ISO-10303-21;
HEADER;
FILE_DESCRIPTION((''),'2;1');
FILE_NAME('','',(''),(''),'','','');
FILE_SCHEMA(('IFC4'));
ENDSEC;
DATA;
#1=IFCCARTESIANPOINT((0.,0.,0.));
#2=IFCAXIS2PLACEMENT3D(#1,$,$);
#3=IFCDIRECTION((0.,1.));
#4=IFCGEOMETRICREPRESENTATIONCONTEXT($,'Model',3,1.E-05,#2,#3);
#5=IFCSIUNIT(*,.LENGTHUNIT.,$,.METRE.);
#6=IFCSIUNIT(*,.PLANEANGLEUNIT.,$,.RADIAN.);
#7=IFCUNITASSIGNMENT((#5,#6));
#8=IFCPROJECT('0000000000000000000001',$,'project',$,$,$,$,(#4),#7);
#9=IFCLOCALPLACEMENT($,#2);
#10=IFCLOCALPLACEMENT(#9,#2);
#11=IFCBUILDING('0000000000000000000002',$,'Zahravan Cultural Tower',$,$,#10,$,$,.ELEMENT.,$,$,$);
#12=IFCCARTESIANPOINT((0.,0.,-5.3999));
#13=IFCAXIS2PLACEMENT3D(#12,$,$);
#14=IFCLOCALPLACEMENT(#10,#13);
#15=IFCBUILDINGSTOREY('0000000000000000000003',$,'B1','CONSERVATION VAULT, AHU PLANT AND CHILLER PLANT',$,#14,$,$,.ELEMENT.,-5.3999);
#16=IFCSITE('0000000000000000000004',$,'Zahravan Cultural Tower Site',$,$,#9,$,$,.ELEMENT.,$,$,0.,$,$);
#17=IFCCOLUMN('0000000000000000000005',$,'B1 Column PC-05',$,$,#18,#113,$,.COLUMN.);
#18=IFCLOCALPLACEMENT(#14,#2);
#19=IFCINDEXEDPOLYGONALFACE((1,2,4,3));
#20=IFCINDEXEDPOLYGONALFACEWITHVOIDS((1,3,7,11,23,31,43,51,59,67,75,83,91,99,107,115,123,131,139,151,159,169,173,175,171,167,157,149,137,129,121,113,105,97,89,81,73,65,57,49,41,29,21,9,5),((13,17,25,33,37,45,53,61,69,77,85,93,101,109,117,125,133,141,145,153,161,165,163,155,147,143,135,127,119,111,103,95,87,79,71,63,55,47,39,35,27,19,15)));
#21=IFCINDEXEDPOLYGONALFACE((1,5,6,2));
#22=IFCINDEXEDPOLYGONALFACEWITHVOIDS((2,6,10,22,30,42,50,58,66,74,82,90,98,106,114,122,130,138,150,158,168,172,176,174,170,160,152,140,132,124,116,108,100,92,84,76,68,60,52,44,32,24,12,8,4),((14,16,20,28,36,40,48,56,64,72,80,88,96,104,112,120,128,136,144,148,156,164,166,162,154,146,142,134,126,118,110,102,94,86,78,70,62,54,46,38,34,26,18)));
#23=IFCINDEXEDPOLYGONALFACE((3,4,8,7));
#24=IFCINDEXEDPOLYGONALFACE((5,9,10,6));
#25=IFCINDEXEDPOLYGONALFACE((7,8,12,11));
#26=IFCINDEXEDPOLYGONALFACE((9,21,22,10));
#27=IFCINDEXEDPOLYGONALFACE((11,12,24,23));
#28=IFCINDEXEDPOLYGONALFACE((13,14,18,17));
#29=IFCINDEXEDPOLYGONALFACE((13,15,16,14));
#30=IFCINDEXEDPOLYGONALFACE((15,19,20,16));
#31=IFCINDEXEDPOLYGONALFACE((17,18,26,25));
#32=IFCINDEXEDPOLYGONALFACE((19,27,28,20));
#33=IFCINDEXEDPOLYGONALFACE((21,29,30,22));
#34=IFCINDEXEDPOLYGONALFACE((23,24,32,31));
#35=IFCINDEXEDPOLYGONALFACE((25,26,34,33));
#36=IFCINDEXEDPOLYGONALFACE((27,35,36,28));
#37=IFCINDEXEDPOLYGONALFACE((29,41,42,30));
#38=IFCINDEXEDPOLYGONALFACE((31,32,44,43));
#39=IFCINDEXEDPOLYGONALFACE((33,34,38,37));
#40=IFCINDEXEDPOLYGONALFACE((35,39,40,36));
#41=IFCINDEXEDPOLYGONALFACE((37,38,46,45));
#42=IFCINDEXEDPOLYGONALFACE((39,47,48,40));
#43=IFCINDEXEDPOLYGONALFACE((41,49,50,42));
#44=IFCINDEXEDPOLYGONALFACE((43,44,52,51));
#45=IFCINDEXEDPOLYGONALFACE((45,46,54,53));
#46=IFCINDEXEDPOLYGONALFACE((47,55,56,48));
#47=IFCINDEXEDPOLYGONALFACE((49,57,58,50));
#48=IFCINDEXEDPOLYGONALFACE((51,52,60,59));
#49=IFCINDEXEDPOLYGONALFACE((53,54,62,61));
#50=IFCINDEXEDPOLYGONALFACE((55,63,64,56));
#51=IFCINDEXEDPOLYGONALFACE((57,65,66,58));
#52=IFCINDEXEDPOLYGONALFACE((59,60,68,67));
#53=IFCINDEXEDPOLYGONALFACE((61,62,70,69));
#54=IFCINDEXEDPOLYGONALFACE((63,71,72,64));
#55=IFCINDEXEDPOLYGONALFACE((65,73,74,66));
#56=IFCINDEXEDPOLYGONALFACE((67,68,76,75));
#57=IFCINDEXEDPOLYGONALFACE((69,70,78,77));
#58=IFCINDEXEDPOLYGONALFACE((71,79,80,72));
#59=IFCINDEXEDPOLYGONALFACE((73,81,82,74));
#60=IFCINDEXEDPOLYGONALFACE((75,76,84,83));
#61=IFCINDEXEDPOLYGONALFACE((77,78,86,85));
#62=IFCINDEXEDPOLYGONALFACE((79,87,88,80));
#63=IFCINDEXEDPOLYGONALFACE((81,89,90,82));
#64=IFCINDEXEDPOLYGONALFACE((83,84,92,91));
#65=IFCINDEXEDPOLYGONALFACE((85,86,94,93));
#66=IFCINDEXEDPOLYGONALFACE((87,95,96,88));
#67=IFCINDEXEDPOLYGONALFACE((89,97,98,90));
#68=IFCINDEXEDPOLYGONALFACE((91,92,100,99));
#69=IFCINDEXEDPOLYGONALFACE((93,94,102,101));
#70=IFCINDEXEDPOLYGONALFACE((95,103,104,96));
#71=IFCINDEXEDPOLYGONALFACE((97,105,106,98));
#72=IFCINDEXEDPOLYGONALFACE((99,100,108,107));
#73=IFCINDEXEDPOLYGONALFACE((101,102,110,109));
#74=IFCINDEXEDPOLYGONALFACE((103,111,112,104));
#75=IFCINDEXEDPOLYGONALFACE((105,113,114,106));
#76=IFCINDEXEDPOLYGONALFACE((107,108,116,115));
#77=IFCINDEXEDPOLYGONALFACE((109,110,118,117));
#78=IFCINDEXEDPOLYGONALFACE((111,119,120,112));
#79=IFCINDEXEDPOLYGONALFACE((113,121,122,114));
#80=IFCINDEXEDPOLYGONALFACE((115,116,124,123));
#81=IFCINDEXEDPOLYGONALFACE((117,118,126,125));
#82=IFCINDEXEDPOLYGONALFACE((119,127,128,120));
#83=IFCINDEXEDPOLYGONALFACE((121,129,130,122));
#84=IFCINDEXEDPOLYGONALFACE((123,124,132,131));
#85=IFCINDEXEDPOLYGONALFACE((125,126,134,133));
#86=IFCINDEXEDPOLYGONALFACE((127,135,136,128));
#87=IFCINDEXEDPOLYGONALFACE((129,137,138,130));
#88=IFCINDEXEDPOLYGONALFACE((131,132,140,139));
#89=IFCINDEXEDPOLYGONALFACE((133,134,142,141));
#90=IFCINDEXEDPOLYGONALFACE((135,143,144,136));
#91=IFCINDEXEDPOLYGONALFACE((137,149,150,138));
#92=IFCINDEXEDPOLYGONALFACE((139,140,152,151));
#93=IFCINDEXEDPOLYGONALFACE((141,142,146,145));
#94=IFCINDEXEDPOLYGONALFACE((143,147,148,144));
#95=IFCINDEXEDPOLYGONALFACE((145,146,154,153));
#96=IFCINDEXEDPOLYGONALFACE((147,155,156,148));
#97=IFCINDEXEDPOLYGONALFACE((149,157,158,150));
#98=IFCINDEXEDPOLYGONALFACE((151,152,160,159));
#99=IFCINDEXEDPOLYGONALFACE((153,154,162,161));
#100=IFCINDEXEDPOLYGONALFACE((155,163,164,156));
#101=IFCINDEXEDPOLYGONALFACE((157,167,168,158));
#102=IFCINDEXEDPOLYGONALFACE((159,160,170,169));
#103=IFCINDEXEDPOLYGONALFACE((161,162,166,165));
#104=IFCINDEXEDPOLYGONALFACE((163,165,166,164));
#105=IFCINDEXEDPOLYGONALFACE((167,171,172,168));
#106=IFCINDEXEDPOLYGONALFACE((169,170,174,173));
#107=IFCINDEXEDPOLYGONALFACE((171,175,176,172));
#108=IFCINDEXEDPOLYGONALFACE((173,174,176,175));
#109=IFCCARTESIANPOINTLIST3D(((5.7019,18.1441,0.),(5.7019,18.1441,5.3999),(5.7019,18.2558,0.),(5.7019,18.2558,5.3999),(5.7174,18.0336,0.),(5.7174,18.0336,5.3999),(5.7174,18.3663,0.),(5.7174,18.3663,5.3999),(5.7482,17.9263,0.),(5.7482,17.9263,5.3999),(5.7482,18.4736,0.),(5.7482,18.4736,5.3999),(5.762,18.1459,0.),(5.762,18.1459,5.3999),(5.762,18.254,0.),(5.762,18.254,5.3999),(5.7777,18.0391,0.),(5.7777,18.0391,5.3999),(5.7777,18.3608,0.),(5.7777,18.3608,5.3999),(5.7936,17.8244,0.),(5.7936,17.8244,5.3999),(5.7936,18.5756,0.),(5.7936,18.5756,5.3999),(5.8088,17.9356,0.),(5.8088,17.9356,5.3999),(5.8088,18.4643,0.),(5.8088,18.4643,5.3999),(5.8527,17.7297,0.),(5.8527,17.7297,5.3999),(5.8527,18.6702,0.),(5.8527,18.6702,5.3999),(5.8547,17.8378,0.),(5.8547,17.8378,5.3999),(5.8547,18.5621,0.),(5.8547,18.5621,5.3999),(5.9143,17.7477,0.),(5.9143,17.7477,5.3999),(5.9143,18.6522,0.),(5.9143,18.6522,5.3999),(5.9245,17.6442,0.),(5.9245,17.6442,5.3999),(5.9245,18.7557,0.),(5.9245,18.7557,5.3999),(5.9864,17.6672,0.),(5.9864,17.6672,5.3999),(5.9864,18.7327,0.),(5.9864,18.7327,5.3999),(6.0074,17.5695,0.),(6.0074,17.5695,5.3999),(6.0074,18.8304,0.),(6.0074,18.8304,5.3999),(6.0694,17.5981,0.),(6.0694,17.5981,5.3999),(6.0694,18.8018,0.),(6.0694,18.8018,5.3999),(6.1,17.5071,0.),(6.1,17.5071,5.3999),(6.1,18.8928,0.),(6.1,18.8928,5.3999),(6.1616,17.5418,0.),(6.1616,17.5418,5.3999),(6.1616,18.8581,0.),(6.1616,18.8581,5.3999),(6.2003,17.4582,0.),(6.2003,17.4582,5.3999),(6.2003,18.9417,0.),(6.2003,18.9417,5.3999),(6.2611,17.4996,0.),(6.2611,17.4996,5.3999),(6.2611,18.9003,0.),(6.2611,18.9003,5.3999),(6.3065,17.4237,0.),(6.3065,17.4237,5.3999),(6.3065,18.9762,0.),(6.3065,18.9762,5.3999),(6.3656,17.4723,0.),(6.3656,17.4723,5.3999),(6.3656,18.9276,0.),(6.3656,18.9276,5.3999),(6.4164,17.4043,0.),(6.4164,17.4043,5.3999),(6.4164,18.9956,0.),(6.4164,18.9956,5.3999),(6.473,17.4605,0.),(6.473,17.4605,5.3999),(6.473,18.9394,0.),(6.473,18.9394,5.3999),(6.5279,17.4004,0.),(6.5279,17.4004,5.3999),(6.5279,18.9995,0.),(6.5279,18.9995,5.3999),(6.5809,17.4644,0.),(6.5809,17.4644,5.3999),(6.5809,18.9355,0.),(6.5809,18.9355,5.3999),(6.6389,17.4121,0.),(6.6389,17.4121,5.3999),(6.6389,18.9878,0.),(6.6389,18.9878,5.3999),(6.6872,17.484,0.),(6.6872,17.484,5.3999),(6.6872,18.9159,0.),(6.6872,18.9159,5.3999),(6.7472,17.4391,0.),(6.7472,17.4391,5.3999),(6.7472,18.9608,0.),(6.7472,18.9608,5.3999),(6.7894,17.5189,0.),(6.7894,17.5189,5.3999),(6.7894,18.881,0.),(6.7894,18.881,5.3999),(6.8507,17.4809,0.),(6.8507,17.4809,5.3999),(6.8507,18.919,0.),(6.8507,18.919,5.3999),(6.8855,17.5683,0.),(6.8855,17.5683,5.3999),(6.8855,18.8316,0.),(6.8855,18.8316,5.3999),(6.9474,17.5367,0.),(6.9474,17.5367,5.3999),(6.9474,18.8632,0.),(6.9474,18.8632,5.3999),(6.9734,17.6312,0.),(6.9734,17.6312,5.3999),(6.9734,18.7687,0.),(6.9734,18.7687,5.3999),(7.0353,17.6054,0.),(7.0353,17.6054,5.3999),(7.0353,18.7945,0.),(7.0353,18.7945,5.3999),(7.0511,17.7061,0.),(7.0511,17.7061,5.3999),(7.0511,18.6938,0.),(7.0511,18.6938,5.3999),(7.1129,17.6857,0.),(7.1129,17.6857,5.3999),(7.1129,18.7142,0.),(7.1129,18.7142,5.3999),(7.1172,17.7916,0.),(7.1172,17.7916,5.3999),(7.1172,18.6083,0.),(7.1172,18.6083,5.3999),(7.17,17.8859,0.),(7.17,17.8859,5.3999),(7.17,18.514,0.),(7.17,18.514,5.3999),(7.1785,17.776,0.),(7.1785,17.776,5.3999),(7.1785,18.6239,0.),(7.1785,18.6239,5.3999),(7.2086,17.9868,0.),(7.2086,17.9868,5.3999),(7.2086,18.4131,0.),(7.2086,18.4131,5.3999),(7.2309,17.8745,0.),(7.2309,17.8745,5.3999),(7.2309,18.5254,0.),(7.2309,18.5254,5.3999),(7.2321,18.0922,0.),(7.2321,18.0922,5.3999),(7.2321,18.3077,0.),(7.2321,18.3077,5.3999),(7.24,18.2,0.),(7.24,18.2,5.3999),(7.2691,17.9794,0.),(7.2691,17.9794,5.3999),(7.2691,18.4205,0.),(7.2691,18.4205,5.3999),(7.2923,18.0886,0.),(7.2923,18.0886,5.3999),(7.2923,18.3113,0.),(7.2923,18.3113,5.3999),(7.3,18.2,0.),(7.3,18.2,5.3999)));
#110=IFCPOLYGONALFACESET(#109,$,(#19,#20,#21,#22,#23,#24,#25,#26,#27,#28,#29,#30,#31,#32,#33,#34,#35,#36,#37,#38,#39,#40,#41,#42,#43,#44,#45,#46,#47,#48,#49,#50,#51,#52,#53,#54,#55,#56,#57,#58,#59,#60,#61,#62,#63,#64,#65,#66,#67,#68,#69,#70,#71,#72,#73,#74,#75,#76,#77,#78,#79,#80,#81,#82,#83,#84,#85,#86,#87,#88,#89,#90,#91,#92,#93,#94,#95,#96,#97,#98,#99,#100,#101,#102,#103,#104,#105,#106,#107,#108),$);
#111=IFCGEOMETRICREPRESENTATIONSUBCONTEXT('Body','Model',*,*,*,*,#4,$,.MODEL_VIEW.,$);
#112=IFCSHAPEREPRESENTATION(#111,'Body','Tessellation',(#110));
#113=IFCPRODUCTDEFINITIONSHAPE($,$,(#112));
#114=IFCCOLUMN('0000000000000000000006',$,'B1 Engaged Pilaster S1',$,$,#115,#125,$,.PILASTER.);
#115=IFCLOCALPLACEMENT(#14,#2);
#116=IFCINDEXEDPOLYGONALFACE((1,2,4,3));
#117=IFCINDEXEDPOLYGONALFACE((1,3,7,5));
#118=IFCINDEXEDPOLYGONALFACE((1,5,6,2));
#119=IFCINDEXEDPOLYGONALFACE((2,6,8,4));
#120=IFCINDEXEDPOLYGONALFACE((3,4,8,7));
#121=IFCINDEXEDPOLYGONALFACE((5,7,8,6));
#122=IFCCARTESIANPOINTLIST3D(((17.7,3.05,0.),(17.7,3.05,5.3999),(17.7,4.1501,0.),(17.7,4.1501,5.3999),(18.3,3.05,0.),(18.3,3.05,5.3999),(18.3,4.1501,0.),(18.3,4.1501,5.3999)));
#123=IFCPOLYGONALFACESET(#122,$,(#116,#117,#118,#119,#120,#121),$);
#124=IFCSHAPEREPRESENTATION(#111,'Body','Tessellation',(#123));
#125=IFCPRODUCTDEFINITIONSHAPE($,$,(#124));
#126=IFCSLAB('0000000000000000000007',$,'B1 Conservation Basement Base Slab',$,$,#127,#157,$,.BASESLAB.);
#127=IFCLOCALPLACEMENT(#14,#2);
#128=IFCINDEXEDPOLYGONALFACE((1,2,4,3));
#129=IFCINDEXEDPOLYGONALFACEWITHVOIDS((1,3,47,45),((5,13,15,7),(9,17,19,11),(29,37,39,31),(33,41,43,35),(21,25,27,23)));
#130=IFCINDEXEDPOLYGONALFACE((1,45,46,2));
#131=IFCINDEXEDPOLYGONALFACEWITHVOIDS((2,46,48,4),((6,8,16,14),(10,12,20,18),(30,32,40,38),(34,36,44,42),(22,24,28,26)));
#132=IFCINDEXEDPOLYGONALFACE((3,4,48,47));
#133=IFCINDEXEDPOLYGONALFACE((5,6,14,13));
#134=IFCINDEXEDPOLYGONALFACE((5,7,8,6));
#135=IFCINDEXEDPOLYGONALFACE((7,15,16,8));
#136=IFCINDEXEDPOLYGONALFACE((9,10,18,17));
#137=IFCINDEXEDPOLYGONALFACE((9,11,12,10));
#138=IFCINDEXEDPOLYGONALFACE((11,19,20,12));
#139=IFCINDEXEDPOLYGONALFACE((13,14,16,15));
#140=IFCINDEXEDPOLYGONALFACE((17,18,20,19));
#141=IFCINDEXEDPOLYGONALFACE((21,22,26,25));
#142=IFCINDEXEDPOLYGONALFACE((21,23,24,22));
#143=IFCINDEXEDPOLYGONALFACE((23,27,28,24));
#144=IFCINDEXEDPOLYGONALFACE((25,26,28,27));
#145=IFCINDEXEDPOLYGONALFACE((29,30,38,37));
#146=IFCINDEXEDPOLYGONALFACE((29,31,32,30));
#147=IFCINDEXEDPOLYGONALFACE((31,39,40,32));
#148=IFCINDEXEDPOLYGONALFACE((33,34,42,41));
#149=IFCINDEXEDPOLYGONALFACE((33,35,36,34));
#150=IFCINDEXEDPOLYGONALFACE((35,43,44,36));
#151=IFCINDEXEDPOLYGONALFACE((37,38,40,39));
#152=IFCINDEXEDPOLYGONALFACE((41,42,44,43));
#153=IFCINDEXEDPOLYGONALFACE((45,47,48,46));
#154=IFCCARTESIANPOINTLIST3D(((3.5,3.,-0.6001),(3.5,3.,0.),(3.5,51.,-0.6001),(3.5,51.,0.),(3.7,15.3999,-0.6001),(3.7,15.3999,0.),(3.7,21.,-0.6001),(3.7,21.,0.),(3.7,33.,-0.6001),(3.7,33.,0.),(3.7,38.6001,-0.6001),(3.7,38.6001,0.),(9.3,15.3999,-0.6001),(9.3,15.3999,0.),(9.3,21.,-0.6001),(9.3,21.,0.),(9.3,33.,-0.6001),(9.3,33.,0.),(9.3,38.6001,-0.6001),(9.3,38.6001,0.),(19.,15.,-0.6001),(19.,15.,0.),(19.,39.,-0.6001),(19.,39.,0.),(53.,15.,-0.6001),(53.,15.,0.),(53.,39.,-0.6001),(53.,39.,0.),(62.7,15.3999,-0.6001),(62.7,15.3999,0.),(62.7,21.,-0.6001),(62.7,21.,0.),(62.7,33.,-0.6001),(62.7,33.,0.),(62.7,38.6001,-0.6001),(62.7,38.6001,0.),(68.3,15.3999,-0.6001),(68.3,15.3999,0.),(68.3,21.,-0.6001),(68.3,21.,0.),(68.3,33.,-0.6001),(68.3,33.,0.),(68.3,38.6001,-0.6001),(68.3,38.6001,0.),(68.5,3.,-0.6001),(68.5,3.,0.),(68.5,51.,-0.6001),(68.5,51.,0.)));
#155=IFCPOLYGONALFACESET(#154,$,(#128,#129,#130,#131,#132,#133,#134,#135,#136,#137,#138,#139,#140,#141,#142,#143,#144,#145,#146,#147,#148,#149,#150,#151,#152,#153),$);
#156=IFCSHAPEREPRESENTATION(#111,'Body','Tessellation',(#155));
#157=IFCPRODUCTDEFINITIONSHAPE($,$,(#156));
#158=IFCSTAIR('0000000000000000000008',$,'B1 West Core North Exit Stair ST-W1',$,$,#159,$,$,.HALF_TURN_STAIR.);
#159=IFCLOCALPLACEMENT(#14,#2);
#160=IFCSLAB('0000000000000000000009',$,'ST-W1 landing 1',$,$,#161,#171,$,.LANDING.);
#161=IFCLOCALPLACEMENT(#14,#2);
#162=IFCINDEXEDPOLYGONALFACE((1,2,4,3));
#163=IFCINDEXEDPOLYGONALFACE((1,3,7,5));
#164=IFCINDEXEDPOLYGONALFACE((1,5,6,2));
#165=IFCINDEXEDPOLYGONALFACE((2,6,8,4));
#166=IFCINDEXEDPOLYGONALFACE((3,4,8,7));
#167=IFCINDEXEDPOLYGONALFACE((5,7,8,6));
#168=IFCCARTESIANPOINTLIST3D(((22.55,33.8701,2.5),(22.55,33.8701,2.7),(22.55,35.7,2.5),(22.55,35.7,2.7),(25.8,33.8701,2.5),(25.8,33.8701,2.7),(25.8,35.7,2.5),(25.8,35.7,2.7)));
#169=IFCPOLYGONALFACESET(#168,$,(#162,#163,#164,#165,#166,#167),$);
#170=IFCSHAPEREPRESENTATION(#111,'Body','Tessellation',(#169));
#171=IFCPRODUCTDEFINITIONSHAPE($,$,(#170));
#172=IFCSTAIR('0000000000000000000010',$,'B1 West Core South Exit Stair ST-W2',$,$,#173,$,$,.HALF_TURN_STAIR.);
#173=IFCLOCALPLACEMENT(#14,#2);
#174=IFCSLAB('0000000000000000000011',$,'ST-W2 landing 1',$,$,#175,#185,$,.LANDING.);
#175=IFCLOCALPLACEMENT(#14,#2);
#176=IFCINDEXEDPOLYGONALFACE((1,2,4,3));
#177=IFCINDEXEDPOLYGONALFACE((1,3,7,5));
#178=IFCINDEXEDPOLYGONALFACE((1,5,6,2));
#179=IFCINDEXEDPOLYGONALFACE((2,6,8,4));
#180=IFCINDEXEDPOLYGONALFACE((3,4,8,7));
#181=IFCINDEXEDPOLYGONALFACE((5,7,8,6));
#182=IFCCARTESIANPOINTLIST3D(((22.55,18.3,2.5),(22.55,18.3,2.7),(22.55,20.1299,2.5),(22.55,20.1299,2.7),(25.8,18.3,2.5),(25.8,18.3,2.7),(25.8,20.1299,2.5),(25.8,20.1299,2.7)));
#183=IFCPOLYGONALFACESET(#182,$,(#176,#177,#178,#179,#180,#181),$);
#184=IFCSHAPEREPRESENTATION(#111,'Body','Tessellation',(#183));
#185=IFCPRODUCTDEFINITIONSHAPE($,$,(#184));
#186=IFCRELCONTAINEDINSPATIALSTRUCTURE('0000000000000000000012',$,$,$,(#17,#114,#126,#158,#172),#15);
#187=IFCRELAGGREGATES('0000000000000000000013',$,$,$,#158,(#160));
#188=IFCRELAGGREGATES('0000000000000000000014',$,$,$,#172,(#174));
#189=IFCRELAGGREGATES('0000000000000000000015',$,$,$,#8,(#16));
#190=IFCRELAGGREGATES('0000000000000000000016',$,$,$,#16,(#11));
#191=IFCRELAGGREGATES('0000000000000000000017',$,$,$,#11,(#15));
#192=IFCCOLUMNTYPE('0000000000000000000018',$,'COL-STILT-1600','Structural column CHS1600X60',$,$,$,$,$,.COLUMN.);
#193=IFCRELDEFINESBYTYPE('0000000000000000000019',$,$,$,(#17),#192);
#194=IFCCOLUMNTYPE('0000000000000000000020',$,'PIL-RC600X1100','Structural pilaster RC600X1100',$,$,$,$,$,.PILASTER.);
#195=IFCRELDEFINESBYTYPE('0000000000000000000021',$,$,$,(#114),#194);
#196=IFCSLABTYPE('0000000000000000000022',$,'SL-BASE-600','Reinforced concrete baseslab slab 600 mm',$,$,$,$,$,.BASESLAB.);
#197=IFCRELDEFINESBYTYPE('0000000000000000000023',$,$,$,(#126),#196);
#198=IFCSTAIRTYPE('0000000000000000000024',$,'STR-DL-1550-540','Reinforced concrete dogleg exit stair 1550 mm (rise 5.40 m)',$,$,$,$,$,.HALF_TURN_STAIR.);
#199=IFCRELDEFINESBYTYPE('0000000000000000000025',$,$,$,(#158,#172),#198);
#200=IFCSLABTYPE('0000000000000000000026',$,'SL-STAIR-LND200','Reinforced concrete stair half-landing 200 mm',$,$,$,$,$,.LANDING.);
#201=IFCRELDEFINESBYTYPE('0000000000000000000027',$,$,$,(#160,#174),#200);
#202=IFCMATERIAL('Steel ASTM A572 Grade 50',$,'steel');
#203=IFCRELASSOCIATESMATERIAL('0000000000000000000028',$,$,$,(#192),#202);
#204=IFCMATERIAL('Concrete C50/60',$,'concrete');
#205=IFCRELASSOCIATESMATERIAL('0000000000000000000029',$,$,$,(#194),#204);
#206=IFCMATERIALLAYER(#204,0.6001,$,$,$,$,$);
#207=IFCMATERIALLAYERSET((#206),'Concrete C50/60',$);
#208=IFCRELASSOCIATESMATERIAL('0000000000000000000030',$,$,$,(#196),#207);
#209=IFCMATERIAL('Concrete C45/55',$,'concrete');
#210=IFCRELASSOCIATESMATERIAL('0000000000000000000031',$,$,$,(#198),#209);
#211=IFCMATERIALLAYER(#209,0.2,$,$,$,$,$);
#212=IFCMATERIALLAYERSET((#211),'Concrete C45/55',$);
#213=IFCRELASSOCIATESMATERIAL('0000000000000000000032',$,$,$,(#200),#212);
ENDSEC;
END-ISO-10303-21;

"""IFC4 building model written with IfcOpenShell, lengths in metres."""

from ifc_helpers import new_model, si_unit, direction, frame, origin, origin_2d, place, context, subcontext, project, spatial, polyline, rectangle, hollow_circle, outline, extrude, source, transform, mapped, material, layer, layer_set, material_profile, profile_set, type_object, element, aggregate, save


model = new_model("IFC4")

# Units and contexts
model_context = context("Model", 3, precision=1e-05, world=origin(), true_north=direction((0.0, 1.0)))
body_context = subcontext(model_context, "Body", "Model", "MODEL_VIEW")
ifc_project = project(units=[si_unit("LENGTHUNIT", "METRE"), si_unit("PLANEANGLEUNIT", "RADIAN")], contexts=[model_context])

# Site, building, storey
site_placement = place(None, origin())
site = spatial("IfcSite", under=ifc_project, at=site_placement, Name="Zahravan Cultural Tower Site", CompositionType="ELEMENT", RefElevation=0.0)
building_placement = place(site_placement, origin())
building = spatial("IfcBuilding", under=site, at=building_placement, Name="Zahravan Cultural Tower", CompositionType="ELEMENT")
storey_placement = place(building_placement, frame((0.0, 0.0, -5.3999)))
storey = spatial("IfcBuildingStorey", under=building, at=storey_placement, Name="B1", Description="CONSERVATION VAULT, AHU PLANT AND CHILLER PLANT", CompositionType="ELEMENT", Elevation=-5.3999)

# Shared definitions
ifc_material_1 = material(Name="Concrete C45/55", Category="concrete")

# Shared definitions
ifc_material_2 = material(Name="Concrete C50/60", Category="concrete")

# Columns
ifc_material_3 = material(Name="Steel ASTM A572 Grade 50", Category="steel")
ifc_material_profile_1 = material_profile(ifc_material_3, hollow_circle(Radius=0.8, WallThickness=0.0601, at=origin_2d()), Name="CHS1600X60")
ifc_profile_set_1 = profile_set([ifc_material_profile_1], Name="Steel ASTM A572 Grade 50")
column_type_1 = type_object("IfcColumnType", Name="COL-STILT-1600", Description="Structural column CHS1600X60", PredefinedType="COLUMN", material=ifc_profile_set_1)
shared_shape_1 = source(origin(), body_context, "Body", "SweptSolid", [
    extrude(hollow_circle(Radius=0.8, WallThickness=0.0601, at=origin_2d()), origin(), (0.0, 0.0, 1.0), 5.3999),
])
for number, where, z_axis, x_axis, name in (
    (1, (6.5, 18.2, 0.0), (0.0, 0.0, 1.0), (1.0, 0.0, 0.0), "B1 Column PC-05"),
):
    element("IfcColumn", number, at=place(storey_placement, frame(where, z_axis=z_axis, x_axis=x_axis)), inside=storey, type_object=column_type_1, Name=name, PredefinedType="COLUMN", context=body_context, shape_type="MappedRepresentation", body=[
        mapped(shared_shape_1, transform((0.0, 0.0, 0.0), x_axis=(1.0, 0.0, 0.0), y_axis=(0.0, 1.0, 0.0), z_axis=(0.0, 0.0, 1.0), scale=1.0)),
    ])
ifc_material_profile_2 = material_profile(ifc_material_2, rectangle(XDim=0.6001, YDim=1.1001, at=origin_2d()), Name="RC600X1100")
ifc_profile_set_2 = profile_set([ifc_material_profile_2], Name="Concrete C50/60")
column_type_2 = type_object("IfcColumnType", Name="PIL-RC600X1100", Description="Structural pilaster RC600X1100", PredefinedType="PILASTER", material=ifc_profile_set_2)
shared_shape_2 = source(origin(), body_context, "Body", "SweptSolid", [
    extrude(rectangle(XDim=0.6001, YDim=1.1001, at=origin_2d()), origin(), (0.0, 0.0, 1.0), 5.3999),
])
column_placement = place(storey_placement, frame((18.0, 3.6001, 0.0), z_axis=(0.0, 0.0, 1.0), x_axis=(1.0, 0.0, 0.0)))
element("IfcColumn", 2, at=column_placement, inside=storey, type_object=column_type_2, Name="B1 Engaged Pilaster S1", PredefinedType="PILASTER", context=body_context, shape_type="MappedRepresentation", body=[
    mapped(shared_shape_2, transform((0.0, 0.0, 0.0), x_axis=(1.0, 0.0, 0.0), y_axis=(0.0, 1.0, 0.0), z_axis=(0.0, 0.0, 1.0), scale=1.0)),
])

# Slab
ifc_layer_1 = layer(ifc_material_2, 0.6001)
ifc_layer_set_1 = layer_set([ifc_layer_1], Name="Concrete C50/60")
slab_type_1 = type_object("IfcSlabType", Name="SL-BASE-600", Description="Reinforced concrete baseslab slab 600 mm", PredefinedType="BASESLAB", material=ifc_layer_set_1)
slab_1_placement = place(storey_placement, frame((0.0, 0.0, -0.6001)))
element("IfcSlab", 3, at=slab_1_placement, inside=storey, type_object=slab_type_1, Name="B1 Conservation Basement Base Slab", PredefinedType="BASESLAB", context=body_context, shape_type="SweptSolid", body=[
    extrude(outline(polyline([(68.5, 3.0), (68.5, 51.0), (3.5, 51.0), (3.5, 3.0), (68.5, 3.0)]), holes=[polyline([(9.3, 21.0), (3.7, 21.0), (3.7, 15.3999), (9.3, 15.3999), (9.3, 21.0)]), polyline([(53.0, 39.0), (19.0, 39.0), (19.0, 15.0), (53.0, 15.0), (53.0, 39.0)]), polyline([(9.3, 38.6001), (3.7, 38.6001), (3.7, 33.0), (9.3, 33.0), (9.3, 38.6001)]), polyline([(68.3, 21.0), (62.7, 21.0), (62.7, 15.3999), (68.3, 15.3999), (68.3, 21.0)]), polyline([(68.3, 38.6001), (62.7, 38.6001), (62.7, 33.0), (68.3, 33.0), (68.3, 38.6001)])]), origin(), (0.0, 0.0, 1.0), 0.6001),
])

# Stairs, slabs
stair_type = type_object("IfcStairType", Name="STR-DL-1550-540", Description="Reinforced concrete dogleg exit stair 1550 mm (rise 5.40 m)", PredefinedType="HALF_TURN_STAIR", material=ifc_material_1)
stair_1_placement = place(storey_placement, origin())
stair_1 = element("IfcStair", 4, at=stair_1_placement, inside=storey, type_object=stair_type, Name="B1 West Core North Exit Stair ST-W1", PredefinedType="HALF_TURN_STAIR")
ifc_layer_2 = layer(ifc_material_1, 0.2)
ifc_layer_set_2 = layer_set([ifc_layer_2], Name="Concrete C45/55")
slab_type_2 = type_object("IfcSlabType", Name="SL-STAIR-LND200", Description="Reinforced concrete stair half-landing 200 mm", PredefinedType="LANDING", material=ifc_layer_set_2)
slab_2_placement = place(storey_placement, frame((0.0, 0.0, 2.5)))
slab_2 = element("IfcSlab", 5, at=slab_2_placement, type_object=slab_type_2, Name="ST-W1 landing 1", PredefinedType="LANDING", context=body_context, shape_type="SweptSolid", body=[
    extrude(outline(polyline([(25.8, 33.8701), (25.8, 35.7), (22.55, 35.7), (22.55, 33.8701), (25.8, 33.8701)])), origin(), (0.0, 0.0, 1.0), 0.2),
])
aggregate(stair_1, [slab_2])
stair_2_placement = place(storey_placement, origin())
stair_2 = element("IfcStair", 6, at=stair_2_placement, inside=storey, type_object=stair_type, Name="B1 West Core South Exit Stair ST-W2", PredefinedType="HALF_TURN_STAIR")
slab_3_placement = place(storey_placement, frame((0.0, 0.0, 2.5)))
slab_3 = element("IfcSlab", 7, at=slab_3_placement, type_object=slab_type_2, Name="ST-W2 landing 1", PredefinedType="LANDING", context=body_context, shape_type="SweptSolid", body=[
    extrude(outline(polyline([(22.55, 20.1299), (22.55, 18.3), (25.8, 18.3), (25.8, 20.1299), (22.55, 20.1299)])), origin(), (0.0, 0.0, 1.0), 0.2),
])
aggregate(stair_2, [slab_3])

save(model, "model.ifc")
